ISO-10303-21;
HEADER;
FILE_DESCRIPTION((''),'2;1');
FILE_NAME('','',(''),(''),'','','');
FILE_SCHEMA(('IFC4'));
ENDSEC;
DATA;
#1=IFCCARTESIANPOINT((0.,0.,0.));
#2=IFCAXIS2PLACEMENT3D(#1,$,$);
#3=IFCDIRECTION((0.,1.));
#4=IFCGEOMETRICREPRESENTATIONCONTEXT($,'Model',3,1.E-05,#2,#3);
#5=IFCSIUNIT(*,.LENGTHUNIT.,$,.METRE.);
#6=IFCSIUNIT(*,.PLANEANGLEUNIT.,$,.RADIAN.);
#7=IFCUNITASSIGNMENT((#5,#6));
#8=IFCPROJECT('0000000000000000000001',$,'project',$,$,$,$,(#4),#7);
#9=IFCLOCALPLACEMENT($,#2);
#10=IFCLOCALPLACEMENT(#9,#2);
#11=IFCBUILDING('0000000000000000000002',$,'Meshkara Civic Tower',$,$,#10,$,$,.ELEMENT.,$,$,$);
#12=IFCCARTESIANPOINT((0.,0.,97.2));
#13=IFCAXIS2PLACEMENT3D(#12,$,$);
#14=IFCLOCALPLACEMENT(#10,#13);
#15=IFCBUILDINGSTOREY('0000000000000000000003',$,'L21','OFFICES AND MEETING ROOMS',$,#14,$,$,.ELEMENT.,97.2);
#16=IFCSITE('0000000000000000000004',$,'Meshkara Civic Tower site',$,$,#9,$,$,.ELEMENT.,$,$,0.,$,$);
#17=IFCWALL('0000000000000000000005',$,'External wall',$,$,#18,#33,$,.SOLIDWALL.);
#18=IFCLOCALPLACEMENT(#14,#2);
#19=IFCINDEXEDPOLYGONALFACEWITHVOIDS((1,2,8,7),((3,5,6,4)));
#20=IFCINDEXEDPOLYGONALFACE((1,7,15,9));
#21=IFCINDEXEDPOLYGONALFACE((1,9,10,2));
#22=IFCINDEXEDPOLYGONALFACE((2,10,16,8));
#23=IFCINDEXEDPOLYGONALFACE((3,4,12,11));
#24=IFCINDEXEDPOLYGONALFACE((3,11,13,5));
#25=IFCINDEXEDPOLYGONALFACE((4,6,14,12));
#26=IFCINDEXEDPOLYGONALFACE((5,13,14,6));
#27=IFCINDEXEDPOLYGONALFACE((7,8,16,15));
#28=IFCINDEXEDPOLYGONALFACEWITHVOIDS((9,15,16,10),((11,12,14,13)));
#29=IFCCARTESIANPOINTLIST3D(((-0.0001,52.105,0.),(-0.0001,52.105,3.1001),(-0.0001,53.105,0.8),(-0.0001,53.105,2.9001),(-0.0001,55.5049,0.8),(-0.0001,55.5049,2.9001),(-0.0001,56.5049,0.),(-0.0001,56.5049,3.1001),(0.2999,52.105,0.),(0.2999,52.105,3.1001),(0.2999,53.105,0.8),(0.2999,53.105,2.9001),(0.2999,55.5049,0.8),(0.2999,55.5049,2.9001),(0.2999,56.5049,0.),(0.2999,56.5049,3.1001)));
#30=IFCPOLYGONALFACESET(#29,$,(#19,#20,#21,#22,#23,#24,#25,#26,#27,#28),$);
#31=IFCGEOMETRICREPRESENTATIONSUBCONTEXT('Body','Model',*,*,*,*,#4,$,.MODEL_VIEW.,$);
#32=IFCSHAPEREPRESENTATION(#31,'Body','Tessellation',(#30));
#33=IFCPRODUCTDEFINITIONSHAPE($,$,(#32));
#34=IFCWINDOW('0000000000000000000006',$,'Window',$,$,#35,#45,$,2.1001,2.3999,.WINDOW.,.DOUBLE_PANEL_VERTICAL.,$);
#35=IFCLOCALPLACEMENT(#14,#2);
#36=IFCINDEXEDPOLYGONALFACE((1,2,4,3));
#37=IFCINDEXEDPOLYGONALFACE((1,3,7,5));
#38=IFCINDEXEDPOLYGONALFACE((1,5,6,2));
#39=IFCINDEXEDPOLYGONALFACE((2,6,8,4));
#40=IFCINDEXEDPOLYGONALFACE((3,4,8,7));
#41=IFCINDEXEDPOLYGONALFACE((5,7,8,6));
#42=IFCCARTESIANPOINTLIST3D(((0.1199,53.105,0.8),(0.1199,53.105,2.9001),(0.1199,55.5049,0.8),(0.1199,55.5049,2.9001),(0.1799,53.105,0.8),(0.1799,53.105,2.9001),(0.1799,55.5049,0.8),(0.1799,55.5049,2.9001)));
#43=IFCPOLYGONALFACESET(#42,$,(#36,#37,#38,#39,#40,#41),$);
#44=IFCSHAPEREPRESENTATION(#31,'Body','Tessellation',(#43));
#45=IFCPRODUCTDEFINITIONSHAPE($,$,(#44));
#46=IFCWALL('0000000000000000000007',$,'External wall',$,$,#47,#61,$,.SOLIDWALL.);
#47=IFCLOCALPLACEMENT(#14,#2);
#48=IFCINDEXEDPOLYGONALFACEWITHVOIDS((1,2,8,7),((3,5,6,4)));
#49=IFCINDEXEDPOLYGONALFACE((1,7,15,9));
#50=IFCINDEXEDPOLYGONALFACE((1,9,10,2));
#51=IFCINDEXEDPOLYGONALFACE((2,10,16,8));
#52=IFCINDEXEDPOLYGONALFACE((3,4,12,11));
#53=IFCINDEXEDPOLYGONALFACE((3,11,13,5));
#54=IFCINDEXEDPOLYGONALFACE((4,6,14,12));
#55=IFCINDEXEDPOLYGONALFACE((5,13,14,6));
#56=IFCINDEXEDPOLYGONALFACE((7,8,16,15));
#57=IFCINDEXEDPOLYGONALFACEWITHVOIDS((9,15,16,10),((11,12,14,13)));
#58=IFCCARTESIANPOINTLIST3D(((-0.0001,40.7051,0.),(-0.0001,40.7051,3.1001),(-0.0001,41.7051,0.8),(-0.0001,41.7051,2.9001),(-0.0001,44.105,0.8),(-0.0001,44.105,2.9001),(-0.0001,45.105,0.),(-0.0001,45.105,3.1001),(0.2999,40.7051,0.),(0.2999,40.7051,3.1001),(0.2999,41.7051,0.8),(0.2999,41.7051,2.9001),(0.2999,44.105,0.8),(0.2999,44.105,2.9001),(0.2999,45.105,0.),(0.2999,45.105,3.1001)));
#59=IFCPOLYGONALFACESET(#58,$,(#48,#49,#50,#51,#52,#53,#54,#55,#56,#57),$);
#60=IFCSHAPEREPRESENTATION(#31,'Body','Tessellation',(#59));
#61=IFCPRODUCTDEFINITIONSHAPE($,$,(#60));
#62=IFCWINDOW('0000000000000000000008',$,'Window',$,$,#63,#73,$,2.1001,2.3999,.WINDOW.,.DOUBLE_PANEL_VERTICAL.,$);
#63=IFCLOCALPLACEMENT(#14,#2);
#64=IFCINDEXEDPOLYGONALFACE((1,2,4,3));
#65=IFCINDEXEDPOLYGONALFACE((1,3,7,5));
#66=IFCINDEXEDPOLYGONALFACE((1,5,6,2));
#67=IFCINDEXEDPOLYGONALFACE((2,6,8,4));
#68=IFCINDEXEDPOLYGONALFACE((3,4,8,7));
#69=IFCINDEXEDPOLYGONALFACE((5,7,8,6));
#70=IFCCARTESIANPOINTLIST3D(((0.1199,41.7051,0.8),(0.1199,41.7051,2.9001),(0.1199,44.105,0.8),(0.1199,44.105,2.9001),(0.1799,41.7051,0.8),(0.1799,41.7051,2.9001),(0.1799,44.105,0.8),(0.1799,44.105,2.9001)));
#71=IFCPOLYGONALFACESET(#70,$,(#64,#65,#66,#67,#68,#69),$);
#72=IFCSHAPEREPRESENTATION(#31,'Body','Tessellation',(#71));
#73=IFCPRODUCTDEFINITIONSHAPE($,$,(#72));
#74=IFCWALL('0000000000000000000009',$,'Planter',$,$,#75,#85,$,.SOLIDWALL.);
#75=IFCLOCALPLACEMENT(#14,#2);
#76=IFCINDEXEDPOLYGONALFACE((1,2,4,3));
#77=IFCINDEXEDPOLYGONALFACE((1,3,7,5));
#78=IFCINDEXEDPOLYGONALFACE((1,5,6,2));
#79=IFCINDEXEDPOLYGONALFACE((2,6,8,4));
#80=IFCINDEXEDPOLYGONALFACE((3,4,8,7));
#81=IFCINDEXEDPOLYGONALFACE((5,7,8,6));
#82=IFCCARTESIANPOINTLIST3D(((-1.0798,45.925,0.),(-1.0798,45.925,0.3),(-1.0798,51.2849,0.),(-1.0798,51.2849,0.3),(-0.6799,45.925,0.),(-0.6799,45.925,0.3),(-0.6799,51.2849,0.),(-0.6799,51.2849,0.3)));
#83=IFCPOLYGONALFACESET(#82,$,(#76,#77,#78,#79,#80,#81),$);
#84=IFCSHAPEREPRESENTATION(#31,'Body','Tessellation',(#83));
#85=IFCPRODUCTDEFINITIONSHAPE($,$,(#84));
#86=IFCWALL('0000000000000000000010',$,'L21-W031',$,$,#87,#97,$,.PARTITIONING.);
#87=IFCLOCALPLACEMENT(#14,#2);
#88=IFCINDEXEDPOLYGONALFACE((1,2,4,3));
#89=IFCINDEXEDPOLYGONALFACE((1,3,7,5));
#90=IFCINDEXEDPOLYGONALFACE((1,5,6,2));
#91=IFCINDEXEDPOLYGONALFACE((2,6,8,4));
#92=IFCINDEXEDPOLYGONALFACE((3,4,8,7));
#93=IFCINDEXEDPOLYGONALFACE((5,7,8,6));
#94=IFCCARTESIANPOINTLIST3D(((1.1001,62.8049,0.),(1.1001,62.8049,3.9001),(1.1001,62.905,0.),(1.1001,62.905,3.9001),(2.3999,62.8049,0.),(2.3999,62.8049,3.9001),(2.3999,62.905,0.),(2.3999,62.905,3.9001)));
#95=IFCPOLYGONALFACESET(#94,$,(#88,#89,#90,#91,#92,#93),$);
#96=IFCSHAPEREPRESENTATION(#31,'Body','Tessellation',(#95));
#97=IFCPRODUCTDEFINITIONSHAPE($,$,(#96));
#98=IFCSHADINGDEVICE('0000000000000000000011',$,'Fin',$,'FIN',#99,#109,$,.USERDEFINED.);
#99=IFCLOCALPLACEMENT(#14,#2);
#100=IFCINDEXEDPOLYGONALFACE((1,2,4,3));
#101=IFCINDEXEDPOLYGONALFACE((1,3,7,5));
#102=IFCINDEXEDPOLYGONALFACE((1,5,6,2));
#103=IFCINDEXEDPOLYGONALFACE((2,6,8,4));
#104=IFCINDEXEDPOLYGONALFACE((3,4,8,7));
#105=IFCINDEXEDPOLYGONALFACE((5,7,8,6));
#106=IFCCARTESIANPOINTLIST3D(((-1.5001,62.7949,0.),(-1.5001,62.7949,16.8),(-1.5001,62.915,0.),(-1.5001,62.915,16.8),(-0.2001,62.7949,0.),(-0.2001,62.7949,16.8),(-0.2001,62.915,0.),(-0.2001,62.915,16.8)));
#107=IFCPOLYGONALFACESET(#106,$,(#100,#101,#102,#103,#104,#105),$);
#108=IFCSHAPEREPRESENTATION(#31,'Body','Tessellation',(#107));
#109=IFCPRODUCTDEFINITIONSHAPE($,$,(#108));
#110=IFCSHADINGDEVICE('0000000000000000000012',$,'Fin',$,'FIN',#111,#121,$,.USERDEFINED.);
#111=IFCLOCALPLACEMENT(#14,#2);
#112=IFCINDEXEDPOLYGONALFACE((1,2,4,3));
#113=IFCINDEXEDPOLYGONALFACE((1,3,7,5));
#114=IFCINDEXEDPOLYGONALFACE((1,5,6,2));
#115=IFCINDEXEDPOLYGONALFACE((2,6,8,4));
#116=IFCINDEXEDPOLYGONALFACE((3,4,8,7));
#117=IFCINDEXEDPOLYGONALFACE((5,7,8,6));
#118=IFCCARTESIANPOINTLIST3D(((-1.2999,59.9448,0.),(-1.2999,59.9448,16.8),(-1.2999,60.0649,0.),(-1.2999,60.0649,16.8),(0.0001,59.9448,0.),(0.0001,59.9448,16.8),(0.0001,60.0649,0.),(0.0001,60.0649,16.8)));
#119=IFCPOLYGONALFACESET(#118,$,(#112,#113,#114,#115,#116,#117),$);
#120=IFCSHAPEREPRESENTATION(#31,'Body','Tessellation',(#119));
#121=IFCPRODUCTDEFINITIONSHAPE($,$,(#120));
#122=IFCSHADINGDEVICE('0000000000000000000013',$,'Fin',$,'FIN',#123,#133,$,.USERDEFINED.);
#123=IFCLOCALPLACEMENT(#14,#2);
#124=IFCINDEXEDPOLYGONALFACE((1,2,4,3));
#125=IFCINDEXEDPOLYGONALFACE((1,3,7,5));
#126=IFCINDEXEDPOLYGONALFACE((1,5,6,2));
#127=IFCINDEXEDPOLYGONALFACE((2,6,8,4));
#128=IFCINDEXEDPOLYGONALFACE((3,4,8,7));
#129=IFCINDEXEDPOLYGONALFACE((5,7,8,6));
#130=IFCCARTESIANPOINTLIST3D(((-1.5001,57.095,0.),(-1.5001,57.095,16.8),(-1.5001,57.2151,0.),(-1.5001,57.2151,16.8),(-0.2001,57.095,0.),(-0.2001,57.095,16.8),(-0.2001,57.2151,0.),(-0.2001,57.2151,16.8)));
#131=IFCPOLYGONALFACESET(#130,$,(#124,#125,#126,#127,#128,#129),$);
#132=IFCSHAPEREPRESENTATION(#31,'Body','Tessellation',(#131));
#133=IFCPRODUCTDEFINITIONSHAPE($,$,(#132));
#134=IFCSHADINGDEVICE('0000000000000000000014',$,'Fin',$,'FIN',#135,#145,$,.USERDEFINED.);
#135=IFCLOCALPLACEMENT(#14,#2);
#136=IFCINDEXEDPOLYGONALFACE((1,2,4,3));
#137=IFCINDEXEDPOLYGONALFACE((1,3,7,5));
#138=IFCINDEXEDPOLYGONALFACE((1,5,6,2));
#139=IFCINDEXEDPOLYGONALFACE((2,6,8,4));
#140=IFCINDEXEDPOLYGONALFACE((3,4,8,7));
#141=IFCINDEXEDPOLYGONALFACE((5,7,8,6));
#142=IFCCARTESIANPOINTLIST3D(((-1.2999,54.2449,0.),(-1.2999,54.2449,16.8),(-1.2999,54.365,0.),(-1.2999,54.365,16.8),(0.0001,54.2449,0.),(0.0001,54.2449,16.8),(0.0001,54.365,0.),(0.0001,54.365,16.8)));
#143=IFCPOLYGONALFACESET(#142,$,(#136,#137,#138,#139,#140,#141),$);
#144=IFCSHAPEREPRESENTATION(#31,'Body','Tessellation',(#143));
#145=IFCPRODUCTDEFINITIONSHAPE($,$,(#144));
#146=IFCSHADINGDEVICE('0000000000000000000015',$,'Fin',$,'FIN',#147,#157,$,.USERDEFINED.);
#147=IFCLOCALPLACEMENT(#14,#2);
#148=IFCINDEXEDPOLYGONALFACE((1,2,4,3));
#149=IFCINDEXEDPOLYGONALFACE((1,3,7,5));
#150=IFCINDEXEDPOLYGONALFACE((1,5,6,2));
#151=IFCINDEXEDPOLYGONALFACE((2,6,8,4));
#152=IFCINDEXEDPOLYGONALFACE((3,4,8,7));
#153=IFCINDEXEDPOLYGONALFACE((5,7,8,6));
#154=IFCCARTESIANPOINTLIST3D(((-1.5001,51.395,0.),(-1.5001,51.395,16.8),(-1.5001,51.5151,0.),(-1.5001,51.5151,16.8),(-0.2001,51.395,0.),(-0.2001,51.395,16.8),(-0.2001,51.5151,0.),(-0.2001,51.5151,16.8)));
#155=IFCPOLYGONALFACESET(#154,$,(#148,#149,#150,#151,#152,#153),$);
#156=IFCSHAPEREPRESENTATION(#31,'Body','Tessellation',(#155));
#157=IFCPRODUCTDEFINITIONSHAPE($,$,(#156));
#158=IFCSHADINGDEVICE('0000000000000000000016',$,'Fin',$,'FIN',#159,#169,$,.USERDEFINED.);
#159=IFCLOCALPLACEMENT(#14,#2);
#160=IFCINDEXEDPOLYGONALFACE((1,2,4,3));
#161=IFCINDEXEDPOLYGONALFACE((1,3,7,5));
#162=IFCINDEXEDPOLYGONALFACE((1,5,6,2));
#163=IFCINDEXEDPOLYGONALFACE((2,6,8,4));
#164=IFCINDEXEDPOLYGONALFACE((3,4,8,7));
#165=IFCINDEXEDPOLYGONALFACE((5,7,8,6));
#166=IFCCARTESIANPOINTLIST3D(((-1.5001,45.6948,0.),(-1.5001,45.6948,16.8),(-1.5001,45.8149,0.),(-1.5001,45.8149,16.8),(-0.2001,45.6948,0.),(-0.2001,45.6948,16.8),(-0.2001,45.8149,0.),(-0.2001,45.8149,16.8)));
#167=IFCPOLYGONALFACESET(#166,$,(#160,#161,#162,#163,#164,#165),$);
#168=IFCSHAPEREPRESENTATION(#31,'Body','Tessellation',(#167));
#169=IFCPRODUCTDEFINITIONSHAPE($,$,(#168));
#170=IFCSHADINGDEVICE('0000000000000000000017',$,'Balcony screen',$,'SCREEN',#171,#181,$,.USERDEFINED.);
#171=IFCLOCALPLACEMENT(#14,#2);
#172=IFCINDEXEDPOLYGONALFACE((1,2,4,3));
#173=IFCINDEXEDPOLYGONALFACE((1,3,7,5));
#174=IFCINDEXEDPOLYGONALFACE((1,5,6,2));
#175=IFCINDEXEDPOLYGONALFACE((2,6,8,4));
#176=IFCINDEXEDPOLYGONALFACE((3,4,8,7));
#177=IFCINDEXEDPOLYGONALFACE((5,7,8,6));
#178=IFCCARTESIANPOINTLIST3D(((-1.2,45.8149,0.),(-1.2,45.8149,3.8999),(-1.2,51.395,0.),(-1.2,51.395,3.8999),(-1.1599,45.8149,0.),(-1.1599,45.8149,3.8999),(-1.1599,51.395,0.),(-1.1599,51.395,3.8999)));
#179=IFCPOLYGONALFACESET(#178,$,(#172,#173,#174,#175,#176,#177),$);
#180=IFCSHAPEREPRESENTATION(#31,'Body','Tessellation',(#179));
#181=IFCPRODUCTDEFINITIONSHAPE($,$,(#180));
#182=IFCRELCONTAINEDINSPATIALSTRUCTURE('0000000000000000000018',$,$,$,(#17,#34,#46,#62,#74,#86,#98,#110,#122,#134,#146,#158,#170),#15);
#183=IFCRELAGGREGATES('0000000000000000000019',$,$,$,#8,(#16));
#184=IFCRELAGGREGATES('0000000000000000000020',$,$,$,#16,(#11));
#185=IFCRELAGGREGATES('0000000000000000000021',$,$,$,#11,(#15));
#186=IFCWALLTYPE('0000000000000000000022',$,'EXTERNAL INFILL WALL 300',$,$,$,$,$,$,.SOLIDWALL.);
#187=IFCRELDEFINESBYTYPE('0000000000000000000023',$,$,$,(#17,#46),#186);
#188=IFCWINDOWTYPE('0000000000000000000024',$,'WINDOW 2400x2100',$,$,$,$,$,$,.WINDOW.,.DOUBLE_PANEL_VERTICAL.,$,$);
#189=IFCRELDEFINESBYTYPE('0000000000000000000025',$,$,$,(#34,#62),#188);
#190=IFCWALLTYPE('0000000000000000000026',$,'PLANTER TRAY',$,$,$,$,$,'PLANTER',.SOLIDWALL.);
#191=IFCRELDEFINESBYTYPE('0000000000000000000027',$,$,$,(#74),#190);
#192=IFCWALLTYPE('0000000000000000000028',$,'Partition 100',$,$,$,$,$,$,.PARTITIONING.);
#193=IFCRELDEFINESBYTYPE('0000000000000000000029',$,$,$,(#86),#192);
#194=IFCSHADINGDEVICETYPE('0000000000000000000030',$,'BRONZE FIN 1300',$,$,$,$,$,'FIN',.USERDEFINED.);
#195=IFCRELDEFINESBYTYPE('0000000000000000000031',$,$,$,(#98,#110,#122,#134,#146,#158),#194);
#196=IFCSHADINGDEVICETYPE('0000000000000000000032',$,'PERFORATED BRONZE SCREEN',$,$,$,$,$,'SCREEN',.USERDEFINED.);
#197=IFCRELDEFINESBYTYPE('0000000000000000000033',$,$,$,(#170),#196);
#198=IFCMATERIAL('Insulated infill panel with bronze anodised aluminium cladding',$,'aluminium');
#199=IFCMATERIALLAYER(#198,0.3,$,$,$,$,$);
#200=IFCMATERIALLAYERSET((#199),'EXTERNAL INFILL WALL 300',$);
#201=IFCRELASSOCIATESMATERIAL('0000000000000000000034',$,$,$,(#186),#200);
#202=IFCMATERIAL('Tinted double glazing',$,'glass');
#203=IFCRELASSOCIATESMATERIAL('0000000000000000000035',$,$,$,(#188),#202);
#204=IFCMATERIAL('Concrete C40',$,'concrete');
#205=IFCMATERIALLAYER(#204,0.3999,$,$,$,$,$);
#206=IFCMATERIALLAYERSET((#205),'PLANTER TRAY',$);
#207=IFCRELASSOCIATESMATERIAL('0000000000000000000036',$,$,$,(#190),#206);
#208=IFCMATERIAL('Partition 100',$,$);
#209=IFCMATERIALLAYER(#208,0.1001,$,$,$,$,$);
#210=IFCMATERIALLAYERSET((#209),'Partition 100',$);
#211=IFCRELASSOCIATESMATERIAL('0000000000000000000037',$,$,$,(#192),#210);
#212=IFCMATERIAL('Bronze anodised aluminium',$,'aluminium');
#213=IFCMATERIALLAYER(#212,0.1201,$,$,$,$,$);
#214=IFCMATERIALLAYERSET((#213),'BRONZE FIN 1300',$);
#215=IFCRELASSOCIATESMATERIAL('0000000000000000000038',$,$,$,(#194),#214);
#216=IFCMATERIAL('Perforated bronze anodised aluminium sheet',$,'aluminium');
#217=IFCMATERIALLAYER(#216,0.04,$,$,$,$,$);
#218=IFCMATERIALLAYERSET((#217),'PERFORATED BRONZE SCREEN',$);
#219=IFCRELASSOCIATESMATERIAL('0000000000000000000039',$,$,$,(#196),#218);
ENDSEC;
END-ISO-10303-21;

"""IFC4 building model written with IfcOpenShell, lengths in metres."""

from ifc_helpers import new_model, si_unit, direction, frame, frame_2d, origin, origin_2d, place, context, subcontext, project, spatial, rectangle, extrude, material, layer, layer_set, type_object, element, fill, save


model = new_model("IFC4")

# Units and contexts
model_context = context("Model", 3, precision=1e-05, world=origin(), true_north=direction((0.0, 1.0)))
body_context = subcontext(model_context, "Body", "Model", "MODEL_VIEW")
ifc_project = project(units=[si_unit("LENGTHUNIT", "METRE"), si_unit("PLANEANGLEUNIT", "RADIAN")], contexts=[model_context])

# Site, building, storey
site_placement = place(None, origin())
site = spatial("IfcSite", under=ifc_project, at=site_placement, Name="Meshkara Civic Tower site", CompositionType="ELEMENT", RefElevation=0.0)
building_placement = place(site_placement, origin())
building = spatial("IfcBuilding", under=site, at=building_placement, Name="Meshkara Civic Tower", CompositionType="ELEMENT")
storey_placement = place(building_placement, frame((0.0, 0.0, 97.2)))
storey = spatial("IfcBuildingStorey", under=building, at=storey_placement, Name="L21", Description="OFFICES AND MEETING ROOMS", CompositionType="ELEMENT", Elevation=97.2)

# Walls, openings, windows
ifc_material_1 = material(Name="Insulated infill panel with bronze anodised aluminium cladding", Category="aluminium")
ifc_layer_1 = layer(ifc_material_1, 0.3)
ifc_layer_set_1 = layer_set([ifc_layer_1], Name="EXTERNAL INFILL WALL 300")
wall_type_1 = type_object("IfcWallType", Name="EXTERNAL INFILL WALL 300", PredefinedType="SOLIDWALL", material=ifc_layer_set_1)
ifc_material_2 = material(Name="Tinted double glazing", Category="glass")
window_type = type_object("IfcWindowType", Name="WINDOW 2400x2100", PartitioningType="DOUBLE_PANEL_VERTICAL", PredefinedType="WINDOW", material=ifc_material_2)
wall_1_placement = place(storey_placement, frame((0.1499, 56.5049, 0.0), z_axis=(0.0, 0.0, 1.0), x_axis=(0.0, -1.0, 0.0)))
wall_1 = element("IfcWall", 1, at=wall_1_placement, inside=storey, type_object=wall_type_1, Name="External wall", PredefinedType="SOLIDWALL", context=body_context, shape_type="SweptSolid", body=[
    extrude(rectangle(XDim=4.3999, YDim=0.3, at=frame_2d((2.2, 0.0))), origin(), (0.0, 0.0, 1.0), 3.1001),
])
opening_1_placement = place(wall_1_placement, frame((1.0, 0.0, 0.8)))
opening_1 = element("IfcOpeningElement", 2, at=opening_1_placement, cuts=wall_1, PredefinedType="OPENING", context=body_context, shape_type="SweptSolid", body=[
    extrude(rectangle(XDim=2.3999, YDim=2.1001, at=frame_2d((1.2, 1.05))), frame((0.0, 0.1599, 0.0), z_axis=(0.0, -1.0, 0.0), x_axis=(1.0, 0.0, 0.0)), (0.0, 0.0, 1.0), 0.3201),
])
window_1_placement = place(opening_1_placement, origin())
window_1 = element("IfcWindow", 3, at=window_1_placement, inside=storey, type_object=window_type, Name="Window", OverallHeight=2.1001, OverallWidth=2.3999, PartitioningType="DOUBLE_PANEL_VERTICAL", PredefinedType="WINDOW", context=body_context, shape_type="SweptSolid", body=[
    extrude(rectangle(XDim=2.3999, YDim=2.1001, at=frame_2d((1.2, 1.05))), frame((0.0, 0.03, 0.0), z_axis=(0.0, -1.0, 0.0), x_axis=(1.0, 0.0, 0.0)), (0.0, 0.0, 1.0), 0.0601),
])
fill(opening_1, window_1)
wall_2_placement = place(storey_placement, frame((0.1499, 45.105, 0.0), z_axis=(0.0, 0.0, 1.0), x_axis=(0.0, -1.0, 0.0)))
wall_2 = element("IfcWall", 4, at=wall_2_placement, inside=storey, type_object=wall_type_1, Name="External wall", PredefinedType="SOLIDWALL", context=body_context, shape_type="SweptSolid", body=[
    extrude(rectangle(XDim=4.3999, YDim=0.3, at=frame_2d((2.2, 0.0))), origin(), (0.0, 0.0, 1.0), 3.1001),
])
opening_2_placement = place(wall_2_placement, frame((1.0, 0.0, 0.8)))
opening_2 = element("IfcOpeningElement", 5, at=opening_2_placement, cuts=wall_2, PredefinedType="OPENING", context=body_context, shape_type="SweptSolid", body=[
    extrude(rectangle(XDim=2.3999, YDim=2.1001, at=frame_2d((1.2, 1.05))), frame((0.0, 0.1599, 0.0), z_axis=(0.0, -1.0, 0.0), x_axis=(1.0, 0.0, 0.0)), (0.0, 0.0, 1.0), 0.3201),
])
window_2_placement = place(opening_2_placement, origin())
window_2 = element("IfcWindow", 6, at=window_2_placement, inside=storey, type_object=window_type, Name="Window", OverallHeight=2.1001, OverallWidth=2.3999, PartitioningType="DOUBLE_PANEL_VERTICAL", PredefinedType="WINDOW", context=body_context, shape_type="SweptSolid", body=[
    extrude(rectangle(XDim=2.3999, YDim=2.1001, at=frame_2d((1.2, 1.05))), frame((0.0, 0.03, 0.0), z_axis=(0.0, -1.0, 0.0), x_axis=(1.0, 0.0, 0.0)), (0.0, 0.0, 1.0), 0.0601),
])
fill(opening_2, window_2)

# Walls
ifc_material_3 = material(Name="Concrete C40", Category="concrete")
ifc_layer_2 = layer(ifc_material_3, 0.3999)
ifc_layer_set_2 = layer_set([ifc_layer_2], Name="PLANTER TRAY")
wall_type_2 = type_object("IfcWallType", Name="PLANTER TRAY", ElementType="PLANTER", PredefinedType="SOLIDWALL", material=ifc_layer_set_2)
wall_3_placement = place(storey_placement, frame((-0.8799, 51.2849, 0.0), z_axis=(0.0, 0.0, 1.0), x_axis=(0.0, -1.0, 0.0)))
element("IfcWall", 7, at=wall_3_placement, inside=storey, type_object=wall_type_2, Name="Planter", PredefinedType="SOLIDWALL", context=body_context, shape_type="SweptSolid", body=[
    extrude(rectangle(XDim=5.3599, YDim=0.3999, at=frame_2d((2.6799, 0.0))), origin(), (0.0, 0.0, 1.0), 0.3),
])
ifc_material_4 = material(Name="Partition 100")
ifc_layer_3 = layer(ifc_material_4, 0.1001)
ifc_layer_set_3 = layer_set([ifc_layer_3], Name="Partition 100")
wall_type_3 = type_object("IfcWallType", Name="Partition 100", PredefinedType="PARTITIONING", material=ifc_layer_set_3)
wall_4_placement = place(storey_placement, frame((2.3999, 62.855, 0.0), z_axis=(0.0, 0.0, 1.0), x_axis=(-1.0, 0.0, 0.0)))
element("IfcWall", 8, at=wall_4_placement, inside=storey, type_object=wall_type_3, Name="L21-W031", PredefinedType="PARTITIONING", context=body_context, shape_type="SweptSolid", body=[
    extrude(rectangle(XDim=1.2998, YDim=0.1001, at=frame_2d((0.6499, 0.0))), origin(), (0.0, 0.0, 1.0), 3.9001),
])

# Shading devices
ifc_material_5 = material(Name="Bronze anodised aluminium", Category="aluminium")
ifc_layer_4 = layer(ifc_material_5, 0.1201)
ifc_layer_set_4 = layer_set([ifc_layer_4], Name="BRONZE FIN 1300")
shading_device_type_1 = type_object("IfcShadingDeviceType", Name="BRONZE FIN 1300", ElementType="FIN", PredefinedType="USERDEFINED", material=ifc_layer_set_4)
for number, where, z_axis, x_axis, name in (
    (9, (-0.8501, 62.855, 0.0), (0.0, 0.0, 1.0), (0.0, -1.0, 0.0), "Fin"),
    (10, (-0.6499, 60.0049, 0.0), (0.0, 0.0, 1.0), (0.0, -1.0, 0.0), "Fin"),
    (11, (-0.8501, 57.155, 0.0), (0.0, 0.0, 1.0), (0.0, -1.0, 0.0), "Fin"),
    (12, (-0.6499, 54.3049, 0.0), (0.0, 0.0, 1.0), (0.0, -1.0, 0.0), "Fin"),
    (13, (-0.8501, 51.4551, 0.0), (0.0, 0.0, 1.0), (0.0, -1.0, 0.0), "Fin"),
    (14, (-0.8501, 45.7549, 0.0), (0.0, 0.0, 1.0), (0.0, -1.0, 0.0), "Fin"),
):
    element("IfcShadingDevice", number, at=place(storey_placement, frame(where, z_axis=z_axis, x_axis=x_axis)), inside=storey, type_object=shading_device_type_1, Name=name, ObjectType="FIN", PredefinedType="USERDEFINED", context=body_context, shape_type="SweptSolid", body=[
        extrude(rectangle(XDim=0.1201, YDim=1.3, at=origin_2d()), origin(), (0.0, 0.0, 1.0), 16.8),
    ])
ifc_material_6 = material(Name="Perforated bronze anodised aluminium sheet", Category="aluminium")
ifc_layer_5 = layer(ifc_material_6, 0.04)
ifc_layer_set_5 = layer_set([ifc_layer_5], Name="PERFORATED BRONZE SCREEN")
shading_device_type_2 = type_object("IfcShadingDeviceType", Name="PERFORATED BRONZE SCREEN", ElementType="SCREEN", PredefinedType="USERDEFINED", material=ifc_layer_set_5)
shading_device_placement = place(storey_placement, frame((-1.1799, 48.605, 0.0), z_axis=(0.0, 0.0, 1.0), x_axis=(0.0, -1.0, 0.0)))
element("IfcShadingDevice", 15, at=shading_device_placement, inside=storey, type_object=shading_device_type_2, Name="Balcony screen", ObjectType="SCREEN", PredefinedType="USERDEFINED", context=body_context, shape_type="SweptSolid", body=[
    extrude(rectangle(XDim=5.5801, YDim=0.04, at=origin_2d()), origin(), (0.0, 0.0, 1.0), 3.8999),
])

save(model, "model.ifc")
